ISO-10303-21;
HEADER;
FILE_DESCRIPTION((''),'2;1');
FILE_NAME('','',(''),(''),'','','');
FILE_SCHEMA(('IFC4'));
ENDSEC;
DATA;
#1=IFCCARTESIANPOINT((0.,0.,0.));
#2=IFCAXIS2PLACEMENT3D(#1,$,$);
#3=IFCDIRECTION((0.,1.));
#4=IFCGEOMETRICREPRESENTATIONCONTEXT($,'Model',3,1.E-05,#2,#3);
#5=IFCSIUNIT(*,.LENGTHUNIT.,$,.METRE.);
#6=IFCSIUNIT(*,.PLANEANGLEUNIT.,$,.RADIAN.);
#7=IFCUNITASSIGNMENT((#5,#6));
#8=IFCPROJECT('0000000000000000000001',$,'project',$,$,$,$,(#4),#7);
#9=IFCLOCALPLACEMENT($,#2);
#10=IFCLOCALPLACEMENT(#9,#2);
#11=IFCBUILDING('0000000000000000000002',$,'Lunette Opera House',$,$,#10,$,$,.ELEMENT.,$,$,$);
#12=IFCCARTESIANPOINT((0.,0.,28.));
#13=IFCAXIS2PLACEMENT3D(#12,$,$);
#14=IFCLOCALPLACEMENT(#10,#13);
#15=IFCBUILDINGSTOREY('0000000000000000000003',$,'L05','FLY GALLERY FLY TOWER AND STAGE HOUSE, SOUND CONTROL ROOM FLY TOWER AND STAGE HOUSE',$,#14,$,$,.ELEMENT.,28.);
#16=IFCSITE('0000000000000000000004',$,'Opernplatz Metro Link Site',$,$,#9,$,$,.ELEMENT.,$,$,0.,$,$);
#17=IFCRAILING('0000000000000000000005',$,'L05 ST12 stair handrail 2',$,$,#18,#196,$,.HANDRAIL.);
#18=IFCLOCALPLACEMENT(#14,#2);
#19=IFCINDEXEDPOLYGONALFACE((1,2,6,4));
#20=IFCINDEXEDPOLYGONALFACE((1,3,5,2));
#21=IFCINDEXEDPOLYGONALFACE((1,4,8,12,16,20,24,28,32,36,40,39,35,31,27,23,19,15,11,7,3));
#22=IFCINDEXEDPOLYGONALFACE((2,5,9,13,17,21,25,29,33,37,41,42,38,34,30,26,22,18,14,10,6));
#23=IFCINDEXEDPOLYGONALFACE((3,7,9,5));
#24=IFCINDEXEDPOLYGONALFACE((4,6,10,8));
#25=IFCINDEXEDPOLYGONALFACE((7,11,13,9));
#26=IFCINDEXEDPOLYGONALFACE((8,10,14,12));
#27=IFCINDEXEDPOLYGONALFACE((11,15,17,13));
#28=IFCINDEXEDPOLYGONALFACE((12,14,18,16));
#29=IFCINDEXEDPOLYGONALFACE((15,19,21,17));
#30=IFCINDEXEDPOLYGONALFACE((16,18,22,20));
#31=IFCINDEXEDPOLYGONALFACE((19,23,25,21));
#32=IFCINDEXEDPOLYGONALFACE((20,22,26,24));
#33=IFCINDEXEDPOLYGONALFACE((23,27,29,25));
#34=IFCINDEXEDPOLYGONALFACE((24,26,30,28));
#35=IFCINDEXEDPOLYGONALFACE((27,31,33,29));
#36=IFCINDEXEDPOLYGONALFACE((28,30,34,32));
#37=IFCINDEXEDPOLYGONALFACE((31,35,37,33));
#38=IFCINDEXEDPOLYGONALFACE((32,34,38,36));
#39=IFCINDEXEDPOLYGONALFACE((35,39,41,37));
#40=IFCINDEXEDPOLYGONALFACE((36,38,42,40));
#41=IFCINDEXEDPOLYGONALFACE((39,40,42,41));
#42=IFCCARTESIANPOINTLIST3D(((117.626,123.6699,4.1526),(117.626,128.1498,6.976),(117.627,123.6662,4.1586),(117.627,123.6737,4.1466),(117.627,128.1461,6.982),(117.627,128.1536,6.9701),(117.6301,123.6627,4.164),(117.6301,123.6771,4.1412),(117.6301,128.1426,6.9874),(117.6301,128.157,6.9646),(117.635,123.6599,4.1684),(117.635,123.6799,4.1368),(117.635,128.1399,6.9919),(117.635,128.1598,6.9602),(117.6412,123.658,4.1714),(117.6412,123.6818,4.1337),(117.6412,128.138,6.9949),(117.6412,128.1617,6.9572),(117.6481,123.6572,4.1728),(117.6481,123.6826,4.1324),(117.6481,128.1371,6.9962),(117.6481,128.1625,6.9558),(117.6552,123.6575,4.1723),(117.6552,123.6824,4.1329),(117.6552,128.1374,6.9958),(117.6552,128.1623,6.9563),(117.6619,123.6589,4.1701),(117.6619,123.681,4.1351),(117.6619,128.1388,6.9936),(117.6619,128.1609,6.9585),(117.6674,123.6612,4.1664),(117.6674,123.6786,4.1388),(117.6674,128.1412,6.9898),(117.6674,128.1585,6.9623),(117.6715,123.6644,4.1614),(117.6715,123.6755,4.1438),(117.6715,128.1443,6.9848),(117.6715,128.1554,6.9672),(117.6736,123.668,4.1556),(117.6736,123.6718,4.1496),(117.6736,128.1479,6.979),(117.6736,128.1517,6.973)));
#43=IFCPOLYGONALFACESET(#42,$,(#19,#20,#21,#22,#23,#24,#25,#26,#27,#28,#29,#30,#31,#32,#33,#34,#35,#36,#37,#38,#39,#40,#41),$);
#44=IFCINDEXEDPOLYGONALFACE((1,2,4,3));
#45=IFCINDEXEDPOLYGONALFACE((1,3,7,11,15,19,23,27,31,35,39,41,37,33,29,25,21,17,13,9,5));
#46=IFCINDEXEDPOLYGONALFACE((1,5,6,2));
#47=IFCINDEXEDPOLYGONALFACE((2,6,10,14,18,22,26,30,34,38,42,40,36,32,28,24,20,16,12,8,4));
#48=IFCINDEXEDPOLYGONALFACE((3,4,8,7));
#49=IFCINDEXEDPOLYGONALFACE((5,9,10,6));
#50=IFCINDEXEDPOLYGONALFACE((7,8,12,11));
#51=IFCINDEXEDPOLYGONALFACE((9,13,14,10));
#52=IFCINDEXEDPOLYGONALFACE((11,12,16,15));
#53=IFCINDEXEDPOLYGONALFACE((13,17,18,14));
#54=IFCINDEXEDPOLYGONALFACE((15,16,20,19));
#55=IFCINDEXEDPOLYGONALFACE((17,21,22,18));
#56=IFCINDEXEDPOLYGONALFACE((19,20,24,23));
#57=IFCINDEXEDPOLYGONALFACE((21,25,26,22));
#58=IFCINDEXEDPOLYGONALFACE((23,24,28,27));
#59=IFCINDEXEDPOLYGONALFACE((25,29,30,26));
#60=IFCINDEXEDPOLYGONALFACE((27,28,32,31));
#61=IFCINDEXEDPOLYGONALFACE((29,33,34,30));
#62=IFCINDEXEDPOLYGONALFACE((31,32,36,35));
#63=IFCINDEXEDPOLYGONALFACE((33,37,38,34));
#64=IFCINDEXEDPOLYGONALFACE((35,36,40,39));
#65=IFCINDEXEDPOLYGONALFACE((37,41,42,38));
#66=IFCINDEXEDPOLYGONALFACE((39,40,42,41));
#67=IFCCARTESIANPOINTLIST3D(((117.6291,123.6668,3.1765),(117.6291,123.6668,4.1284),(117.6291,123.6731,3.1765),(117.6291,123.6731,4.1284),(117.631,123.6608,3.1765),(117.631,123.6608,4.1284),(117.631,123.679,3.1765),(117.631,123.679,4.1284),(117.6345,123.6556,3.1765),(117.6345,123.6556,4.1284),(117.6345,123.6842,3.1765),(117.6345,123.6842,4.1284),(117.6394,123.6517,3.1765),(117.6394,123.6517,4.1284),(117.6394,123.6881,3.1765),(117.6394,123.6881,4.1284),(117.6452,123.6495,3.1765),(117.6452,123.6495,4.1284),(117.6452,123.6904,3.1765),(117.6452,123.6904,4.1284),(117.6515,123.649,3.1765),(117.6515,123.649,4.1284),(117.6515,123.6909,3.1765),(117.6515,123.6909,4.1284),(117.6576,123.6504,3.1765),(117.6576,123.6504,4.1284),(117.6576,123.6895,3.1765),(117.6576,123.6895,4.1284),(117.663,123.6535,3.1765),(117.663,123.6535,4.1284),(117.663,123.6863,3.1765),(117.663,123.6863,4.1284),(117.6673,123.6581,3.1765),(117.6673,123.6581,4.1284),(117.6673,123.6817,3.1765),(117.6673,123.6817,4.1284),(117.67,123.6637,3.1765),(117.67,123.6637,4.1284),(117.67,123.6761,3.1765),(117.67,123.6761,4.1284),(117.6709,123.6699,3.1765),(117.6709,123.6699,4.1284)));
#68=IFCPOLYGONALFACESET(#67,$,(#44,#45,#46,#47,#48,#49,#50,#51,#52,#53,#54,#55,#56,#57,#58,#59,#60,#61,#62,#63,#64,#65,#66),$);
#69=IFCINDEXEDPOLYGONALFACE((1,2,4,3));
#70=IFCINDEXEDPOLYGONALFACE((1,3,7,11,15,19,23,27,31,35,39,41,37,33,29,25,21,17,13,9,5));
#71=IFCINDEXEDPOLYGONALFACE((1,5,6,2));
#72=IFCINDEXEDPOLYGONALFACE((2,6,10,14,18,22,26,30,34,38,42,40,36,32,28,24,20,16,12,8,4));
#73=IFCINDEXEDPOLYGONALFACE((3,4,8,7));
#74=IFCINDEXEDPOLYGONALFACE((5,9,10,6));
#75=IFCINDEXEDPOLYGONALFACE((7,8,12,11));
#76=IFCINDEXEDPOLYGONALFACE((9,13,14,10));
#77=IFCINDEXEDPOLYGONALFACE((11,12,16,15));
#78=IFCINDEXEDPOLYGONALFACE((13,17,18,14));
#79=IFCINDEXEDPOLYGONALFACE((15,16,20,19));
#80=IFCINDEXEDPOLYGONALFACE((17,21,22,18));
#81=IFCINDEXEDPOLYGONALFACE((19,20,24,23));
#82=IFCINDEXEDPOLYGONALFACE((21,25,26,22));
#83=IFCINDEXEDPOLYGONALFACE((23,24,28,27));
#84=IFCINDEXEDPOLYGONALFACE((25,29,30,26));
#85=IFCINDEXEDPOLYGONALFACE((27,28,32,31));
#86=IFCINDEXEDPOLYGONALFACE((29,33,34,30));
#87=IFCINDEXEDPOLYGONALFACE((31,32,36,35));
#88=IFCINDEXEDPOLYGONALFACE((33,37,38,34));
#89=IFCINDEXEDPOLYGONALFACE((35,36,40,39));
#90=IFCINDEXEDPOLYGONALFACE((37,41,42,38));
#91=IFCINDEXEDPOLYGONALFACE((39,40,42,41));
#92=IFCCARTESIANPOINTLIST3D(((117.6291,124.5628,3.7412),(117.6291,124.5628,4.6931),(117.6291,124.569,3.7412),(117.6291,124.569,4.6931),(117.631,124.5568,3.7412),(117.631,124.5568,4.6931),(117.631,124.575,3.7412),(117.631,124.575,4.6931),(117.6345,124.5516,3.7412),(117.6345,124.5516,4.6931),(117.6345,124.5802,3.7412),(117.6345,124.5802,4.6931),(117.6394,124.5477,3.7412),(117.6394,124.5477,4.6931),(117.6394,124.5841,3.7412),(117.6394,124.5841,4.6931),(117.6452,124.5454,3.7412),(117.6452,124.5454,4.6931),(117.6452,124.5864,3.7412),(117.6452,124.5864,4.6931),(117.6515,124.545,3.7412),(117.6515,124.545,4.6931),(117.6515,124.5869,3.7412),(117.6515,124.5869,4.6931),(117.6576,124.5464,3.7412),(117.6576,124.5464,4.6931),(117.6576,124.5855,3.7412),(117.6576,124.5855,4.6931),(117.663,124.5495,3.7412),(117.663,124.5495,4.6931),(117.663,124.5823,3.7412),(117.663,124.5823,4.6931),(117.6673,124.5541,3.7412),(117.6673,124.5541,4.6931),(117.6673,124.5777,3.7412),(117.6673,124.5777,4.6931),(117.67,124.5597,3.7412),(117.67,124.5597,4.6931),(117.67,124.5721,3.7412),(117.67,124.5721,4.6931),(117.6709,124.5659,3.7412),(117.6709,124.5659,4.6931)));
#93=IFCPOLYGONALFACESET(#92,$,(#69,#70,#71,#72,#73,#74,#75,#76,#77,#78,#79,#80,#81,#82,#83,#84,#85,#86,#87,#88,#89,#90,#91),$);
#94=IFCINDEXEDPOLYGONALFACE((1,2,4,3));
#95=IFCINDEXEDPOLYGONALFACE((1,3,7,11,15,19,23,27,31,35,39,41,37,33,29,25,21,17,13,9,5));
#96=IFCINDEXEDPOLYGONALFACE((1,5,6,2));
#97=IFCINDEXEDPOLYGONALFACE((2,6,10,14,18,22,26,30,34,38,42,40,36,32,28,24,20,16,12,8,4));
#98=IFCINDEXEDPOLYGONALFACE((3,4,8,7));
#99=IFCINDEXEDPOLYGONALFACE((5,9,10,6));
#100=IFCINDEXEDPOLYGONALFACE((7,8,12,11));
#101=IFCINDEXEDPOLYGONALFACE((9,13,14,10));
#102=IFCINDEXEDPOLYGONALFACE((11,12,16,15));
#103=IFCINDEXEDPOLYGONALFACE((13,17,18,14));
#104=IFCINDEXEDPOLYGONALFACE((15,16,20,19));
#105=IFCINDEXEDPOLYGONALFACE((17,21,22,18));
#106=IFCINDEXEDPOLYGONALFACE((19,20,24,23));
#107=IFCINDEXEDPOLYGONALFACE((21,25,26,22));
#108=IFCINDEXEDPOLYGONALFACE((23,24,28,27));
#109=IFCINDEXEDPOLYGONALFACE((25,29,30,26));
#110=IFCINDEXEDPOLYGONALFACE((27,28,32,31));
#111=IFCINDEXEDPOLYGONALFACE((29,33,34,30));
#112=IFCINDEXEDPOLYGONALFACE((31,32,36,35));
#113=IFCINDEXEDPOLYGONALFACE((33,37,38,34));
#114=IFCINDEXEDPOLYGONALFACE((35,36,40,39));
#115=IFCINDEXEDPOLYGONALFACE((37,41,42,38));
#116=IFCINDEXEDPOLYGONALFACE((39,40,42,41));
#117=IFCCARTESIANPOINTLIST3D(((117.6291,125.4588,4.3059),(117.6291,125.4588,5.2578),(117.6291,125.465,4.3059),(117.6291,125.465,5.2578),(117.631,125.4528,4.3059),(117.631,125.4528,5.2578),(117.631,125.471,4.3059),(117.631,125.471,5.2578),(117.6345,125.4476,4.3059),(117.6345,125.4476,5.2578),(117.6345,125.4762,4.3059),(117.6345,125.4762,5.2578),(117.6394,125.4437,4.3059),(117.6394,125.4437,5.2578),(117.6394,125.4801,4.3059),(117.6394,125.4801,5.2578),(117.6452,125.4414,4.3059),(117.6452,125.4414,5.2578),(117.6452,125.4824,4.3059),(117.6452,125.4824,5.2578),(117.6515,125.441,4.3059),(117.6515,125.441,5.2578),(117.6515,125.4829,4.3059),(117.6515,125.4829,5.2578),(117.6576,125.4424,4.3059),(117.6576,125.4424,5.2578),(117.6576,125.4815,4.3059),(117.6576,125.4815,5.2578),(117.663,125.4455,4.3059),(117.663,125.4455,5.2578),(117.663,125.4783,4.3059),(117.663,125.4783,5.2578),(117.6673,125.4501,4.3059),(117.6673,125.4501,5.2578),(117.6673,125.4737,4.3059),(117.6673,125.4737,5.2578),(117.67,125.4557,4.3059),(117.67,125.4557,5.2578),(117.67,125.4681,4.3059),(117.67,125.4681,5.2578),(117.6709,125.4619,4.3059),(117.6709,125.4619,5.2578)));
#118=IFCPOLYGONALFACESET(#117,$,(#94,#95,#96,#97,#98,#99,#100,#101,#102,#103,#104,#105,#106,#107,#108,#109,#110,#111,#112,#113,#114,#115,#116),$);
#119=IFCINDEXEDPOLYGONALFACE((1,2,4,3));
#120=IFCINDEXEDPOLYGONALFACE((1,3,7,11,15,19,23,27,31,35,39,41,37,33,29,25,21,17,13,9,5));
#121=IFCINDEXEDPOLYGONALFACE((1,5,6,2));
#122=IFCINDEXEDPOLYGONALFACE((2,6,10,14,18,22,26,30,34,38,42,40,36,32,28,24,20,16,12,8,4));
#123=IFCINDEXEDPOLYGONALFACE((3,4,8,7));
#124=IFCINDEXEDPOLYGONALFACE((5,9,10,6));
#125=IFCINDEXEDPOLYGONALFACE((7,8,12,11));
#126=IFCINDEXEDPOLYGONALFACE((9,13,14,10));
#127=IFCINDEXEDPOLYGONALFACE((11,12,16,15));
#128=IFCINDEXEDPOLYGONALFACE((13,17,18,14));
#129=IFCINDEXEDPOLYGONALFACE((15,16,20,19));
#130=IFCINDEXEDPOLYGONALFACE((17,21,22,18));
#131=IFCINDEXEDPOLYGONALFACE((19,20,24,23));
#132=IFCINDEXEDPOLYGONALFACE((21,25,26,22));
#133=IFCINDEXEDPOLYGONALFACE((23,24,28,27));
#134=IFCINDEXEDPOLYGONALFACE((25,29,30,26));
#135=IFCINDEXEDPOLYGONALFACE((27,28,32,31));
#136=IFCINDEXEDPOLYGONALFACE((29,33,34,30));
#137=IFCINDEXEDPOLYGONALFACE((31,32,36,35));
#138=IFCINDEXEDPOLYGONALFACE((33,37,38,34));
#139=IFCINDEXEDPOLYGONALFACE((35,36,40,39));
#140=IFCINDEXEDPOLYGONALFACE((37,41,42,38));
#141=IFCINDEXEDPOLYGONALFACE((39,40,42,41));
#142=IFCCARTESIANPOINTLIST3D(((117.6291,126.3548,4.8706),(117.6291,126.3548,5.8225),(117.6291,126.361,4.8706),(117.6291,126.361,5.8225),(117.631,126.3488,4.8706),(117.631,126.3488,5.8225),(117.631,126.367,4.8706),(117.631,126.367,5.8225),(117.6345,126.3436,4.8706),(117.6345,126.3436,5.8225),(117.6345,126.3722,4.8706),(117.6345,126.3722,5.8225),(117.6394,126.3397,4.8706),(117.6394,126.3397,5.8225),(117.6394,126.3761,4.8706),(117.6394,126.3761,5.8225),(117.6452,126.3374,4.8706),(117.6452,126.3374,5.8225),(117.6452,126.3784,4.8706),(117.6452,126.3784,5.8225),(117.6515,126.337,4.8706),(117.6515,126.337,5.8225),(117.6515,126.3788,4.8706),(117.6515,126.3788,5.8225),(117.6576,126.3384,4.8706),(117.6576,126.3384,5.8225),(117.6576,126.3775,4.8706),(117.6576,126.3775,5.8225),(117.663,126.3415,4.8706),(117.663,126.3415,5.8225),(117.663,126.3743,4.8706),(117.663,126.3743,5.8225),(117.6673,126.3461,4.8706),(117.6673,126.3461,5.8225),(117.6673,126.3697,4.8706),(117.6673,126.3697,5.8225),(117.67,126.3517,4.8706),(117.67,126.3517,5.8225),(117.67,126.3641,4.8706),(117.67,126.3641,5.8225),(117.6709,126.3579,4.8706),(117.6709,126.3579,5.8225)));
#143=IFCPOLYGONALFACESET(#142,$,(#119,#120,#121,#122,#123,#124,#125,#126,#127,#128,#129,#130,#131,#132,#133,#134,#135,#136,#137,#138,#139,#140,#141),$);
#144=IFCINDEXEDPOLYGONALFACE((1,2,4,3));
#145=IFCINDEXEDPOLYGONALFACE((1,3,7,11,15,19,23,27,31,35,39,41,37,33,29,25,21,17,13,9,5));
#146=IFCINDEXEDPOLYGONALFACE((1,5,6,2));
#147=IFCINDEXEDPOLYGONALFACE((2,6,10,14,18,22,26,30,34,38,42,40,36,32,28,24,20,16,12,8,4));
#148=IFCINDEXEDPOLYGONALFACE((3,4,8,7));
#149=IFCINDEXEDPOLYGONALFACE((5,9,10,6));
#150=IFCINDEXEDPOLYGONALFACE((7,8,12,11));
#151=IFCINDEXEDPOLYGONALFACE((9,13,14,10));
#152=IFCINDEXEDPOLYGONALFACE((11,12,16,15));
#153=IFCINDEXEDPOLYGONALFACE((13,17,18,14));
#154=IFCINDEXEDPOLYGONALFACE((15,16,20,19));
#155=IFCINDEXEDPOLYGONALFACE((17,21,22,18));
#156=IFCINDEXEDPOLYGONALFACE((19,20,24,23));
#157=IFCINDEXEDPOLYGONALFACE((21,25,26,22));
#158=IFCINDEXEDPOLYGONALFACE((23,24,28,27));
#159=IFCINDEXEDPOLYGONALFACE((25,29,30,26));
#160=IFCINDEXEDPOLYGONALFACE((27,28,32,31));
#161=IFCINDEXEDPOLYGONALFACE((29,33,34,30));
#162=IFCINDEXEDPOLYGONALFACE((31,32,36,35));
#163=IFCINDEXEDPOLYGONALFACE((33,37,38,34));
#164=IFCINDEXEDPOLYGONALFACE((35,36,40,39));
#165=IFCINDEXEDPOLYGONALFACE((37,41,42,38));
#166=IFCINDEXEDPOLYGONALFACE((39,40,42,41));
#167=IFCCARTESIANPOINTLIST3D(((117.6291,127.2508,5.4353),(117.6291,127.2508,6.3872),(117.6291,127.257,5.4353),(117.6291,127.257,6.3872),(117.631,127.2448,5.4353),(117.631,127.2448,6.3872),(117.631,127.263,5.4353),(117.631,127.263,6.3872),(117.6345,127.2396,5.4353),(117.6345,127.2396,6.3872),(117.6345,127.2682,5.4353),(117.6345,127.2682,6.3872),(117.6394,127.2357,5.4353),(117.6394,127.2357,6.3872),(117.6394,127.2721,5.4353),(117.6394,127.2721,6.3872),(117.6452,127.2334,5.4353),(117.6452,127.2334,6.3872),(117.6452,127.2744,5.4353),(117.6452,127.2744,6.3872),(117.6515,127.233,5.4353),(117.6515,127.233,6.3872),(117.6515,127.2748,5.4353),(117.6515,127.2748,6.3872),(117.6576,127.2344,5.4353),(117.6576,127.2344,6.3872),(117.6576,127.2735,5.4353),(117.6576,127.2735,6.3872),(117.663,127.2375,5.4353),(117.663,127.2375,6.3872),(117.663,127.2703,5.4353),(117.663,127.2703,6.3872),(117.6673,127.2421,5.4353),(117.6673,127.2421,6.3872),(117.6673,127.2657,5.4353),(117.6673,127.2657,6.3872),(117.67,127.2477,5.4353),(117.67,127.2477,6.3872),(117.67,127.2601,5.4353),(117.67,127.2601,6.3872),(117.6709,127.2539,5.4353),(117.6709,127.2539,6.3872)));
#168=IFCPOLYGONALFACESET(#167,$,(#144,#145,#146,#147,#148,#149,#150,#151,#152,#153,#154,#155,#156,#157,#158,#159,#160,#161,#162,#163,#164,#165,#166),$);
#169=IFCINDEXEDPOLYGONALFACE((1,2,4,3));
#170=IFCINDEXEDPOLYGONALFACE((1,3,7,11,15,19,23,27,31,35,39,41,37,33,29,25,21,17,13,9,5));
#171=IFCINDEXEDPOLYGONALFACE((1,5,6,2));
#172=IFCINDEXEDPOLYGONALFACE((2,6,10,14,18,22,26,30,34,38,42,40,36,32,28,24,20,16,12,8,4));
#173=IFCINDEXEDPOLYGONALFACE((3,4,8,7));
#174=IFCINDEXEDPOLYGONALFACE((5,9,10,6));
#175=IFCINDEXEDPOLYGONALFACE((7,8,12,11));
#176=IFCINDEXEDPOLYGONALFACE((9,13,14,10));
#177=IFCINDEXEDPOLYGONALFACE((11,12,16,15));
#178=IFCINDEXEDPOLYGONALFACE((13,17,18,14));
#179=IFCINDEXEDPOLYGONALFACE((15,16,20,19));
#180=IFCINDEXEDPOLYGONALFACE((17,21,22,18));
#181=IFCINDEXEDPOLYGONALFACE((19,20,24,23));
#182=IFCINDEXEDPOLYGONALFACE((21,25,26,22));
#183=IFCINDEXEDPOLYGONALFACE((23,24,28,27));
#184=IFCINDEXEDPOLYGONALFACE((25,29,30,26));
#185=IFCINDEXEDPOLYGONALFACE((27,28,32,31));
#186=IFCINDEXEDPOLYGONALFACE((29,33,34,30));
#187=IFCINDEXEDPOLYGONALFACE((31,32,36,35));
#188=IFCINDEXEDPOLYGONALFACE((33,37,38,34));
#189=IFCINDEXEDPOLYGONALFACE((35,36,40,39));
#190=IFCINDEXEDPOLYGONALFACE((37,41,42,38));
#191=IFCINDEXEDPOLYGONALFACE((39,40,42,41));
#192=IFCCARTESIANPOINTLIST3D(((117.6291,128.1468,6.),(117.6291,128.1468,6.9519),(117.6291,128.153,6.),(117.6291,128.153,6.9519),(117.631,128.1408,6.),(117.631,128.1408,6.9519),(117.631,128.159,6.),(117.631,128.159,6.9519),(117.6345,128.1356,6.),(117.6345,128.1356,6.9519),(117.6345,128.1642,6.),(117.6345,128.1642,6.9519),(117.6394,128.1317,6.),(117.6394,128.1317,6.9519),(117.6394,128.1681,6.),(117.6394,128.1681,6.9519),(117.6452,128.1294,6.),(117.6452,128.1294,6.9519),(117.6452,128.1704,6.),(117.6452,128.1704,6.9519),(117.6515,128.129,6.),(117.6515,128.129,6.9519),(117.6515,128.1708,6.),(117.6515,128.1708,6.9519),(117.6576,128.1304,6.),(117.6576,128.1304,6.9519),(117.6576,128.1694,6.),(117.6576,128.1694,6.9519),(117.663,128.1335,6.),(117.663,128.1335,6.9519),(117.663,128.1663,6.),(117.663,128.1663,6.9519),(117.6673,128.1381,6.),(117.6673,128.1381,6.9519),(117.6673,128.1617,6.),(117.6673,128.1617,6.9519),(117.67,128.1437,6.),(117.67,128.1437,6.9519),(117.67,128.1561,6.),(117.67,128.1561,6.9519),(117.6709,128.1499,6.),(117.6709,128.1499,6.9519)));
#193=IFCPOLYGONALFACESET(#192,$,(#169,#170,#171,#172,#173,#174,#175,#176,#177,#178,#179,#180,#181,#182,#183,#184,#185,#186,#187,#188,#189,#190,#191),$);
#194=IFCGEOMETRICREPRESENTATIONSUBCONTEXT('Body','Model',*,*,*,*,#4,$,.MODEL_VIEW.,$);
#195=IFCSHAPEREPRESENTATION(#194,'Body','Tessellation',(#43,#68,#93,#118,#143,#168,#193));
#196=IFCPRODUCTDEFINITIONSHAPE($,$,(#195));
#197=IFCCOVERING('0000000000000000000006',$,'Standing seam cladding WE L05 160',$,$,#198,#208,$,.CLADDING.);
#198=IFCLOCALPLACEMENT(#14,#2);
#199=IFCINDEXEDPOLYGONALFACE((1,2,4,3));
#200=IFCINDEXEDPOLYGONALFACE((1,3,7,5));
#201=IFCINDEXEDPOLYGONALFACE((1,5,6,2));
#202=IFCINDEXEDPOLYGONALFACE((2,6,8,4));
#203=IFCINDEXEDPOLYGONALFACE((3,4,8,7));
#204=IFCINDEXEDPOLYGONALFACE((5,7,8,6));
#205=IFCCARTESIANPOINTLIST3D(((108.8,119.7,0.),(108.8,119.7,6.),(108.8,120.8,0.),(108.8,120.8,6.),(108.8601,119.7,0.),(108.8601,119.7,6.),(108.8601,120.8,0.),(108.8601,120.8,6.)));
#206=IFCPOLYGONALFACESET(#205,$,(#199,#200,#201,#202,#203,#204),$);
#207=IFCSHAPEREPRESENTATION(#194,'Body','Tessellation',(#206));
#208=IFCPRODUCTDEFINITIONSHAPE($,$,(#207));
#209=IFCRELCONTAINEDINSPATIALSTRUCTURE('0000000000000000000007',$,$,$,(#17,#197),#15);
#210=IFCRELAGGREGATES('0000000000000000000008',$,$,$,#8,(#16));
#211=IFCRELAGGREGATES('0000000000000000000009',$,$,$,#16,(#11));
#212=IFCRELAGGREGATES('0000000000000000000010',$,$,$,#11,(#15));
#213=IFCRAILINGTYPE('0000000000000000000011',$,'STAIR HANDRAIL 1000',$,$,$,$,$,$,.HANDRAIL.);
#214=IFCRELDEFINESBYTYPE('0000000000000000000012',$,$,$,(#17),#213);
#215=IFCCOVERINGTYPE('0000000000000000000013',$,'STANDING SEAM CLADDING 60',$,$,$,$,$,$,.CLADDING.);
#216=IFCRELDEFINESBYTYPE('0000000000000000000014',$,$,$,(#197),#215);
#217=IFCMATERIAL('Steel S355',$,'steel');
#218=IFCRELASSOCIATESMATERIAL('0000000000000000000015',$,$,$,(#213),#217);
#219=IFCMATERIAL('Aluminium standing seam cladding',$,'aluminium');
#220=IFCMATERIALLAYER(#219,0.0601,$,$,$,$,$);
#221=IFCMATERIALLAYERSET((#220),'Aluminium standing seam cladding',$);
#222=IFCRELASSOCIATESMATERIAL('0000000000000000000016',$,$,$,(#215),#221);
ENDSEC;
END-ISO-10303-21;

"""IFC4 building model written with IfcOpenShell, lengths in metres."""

from ifc_helpers import new_model, si_unit, direction, frame, origin, origin_2d, place, context, subcontext, project, spatial, rectangle, circle, extrude, material, layer, layer_set, type_object, element, save


model = new_model("IFC4")

# Units and contexts
model_context = context("Model", 3, precision=1e-05, world=origin(), true_north=direction((0.0, 1.0)))
body_context = subcontext(model_context, "Body", "Model", "MODEL_VIEW")
ifc_project = project(units=[si_unit("LENGTHUNIT", "METRE"), si_unit("PLANEANGLEUNIT", "RADIAN")], contexts=[model_context])

# Site, building, storey
site_placement = place(None, origin())
site = spatial("IfcSite", under=ifc_project, at=site_placement, Name="Opernplatz Metro Link Site", CompositionType="ELEMENT", RefElevation=0.0)
building_placement = place(site_placement, origin())
building = spatial("IfcBuilding", under=site, at=building_placement, Name="Lunette Opera House", CompositionType="ELEMENT")
storey_placement = place(building_placement, frame((0.0, 0.0, 28.0)))
storey = spatial("IfcBuildingStorey", under=building, at=storey_placement, Name="L05", Description="FLY GALLERY FLY TOWER AND STAGE HOUSE, SOUND CONTROL ROOM FLY TOWER AND STAGE HOUSE", CompositionType="ELEMENT", Elevation=28.0)

# Railing
ifc_material_1 = material(Name="Steel S355", Category="steel")
railing_type_1 = type_object("IfcRailingType", Name="STAIR HANDRAIL 1000", PredefinedType="HANDRAIL", material=ifc_material_1)
railing_1_placement = place(storey_placement, frame((117.6499, 123.6699, 3.1765)))
element("IfcRailing", 1, at=railing_1_placement, inside=storey, type_object=railing_type_1, Name="L05 ST12 stair handrail 2", PredefinedType="HANDRAIL", context=body_context, shape_type="SweptSolid", body=[
    extrude(circle(Radius=0.0239, at=origin_2d()), frame((0.0, 0.0, 0.9761), z_axis=(0.0, 0.845998, 0.533186), x_axis=(-1.0, 0.0, 0.0)), (0.0, 0.0, 1.0), 5.2954),
    extrude(circle(Radius=0.021, at=origin_2d()), origin(), (0.0, 0.0, 1.0), 0.9519),
    extrude(circle(Radius=0.021, at=origin_2d()), frame((0.0, 0.896, 0.5647)), (0.0, 0.0, 1.0), 0.9519),
    extrude(circle(Radius=0.021, at=origin_2d()), frame((0.0, 1.792, 1.1294)), (0.0, 0.0, 1.0), 0.9519),
    extrude(circle(Radius=0.021, at=origin_2d()), frame((0.0, 2.688, 1.6941)), (0.0, 0.0, 1.0), 0.9519),
    extrude(circle(Radius=0.021, at=origin_2d()), frame((0.0, 3.584, 2.2588)), (0.0, 0.0, 1.0), 0.9519),
    extrude(circle(Radius=0.021, at=origin_2d()), frame((0.0, 4.48, 2.8235)), (0.0, 0.0, 1.0), 0.9519),
])

# Covering
ifc_material_2 = material(Name="Aluminium standing seam cladding", Category="aluminium")
ifc_layer_1 = layer(ifc_material_2, 0.0601)
ifc_layer_set_1 = layer_set([ifc_layer_1], Name="Aluminium standing seam cladding")
covering_type = type_object("IfcCoveringType", Name="STANDING SEAM CLADDING 60", PredefinedType="CLADDING", material=ifc_layer_set_1)
covering_placement = place(storey_placement, frame((108.8301, 120.25, 0.0), z_axis=(0.0, 0.0, 1.0), x_axis=(0.0, 1.0, 0.0)))
element("IfcCovering", 2, at=covering_placement, inside=storey, type_object=covering_type, Name="Standing seam cladding WE L05 160", PredefinedType="CLADDING", context=body_context, shape_type="SweptSolid", body=[
    extrude(rectangle(XDim=1.1001, YDim=0.0601, at=origin_2d()), origin(), (0.0, 0.0, 1.0), 6.0),
])

save(model, "model.ifc")
